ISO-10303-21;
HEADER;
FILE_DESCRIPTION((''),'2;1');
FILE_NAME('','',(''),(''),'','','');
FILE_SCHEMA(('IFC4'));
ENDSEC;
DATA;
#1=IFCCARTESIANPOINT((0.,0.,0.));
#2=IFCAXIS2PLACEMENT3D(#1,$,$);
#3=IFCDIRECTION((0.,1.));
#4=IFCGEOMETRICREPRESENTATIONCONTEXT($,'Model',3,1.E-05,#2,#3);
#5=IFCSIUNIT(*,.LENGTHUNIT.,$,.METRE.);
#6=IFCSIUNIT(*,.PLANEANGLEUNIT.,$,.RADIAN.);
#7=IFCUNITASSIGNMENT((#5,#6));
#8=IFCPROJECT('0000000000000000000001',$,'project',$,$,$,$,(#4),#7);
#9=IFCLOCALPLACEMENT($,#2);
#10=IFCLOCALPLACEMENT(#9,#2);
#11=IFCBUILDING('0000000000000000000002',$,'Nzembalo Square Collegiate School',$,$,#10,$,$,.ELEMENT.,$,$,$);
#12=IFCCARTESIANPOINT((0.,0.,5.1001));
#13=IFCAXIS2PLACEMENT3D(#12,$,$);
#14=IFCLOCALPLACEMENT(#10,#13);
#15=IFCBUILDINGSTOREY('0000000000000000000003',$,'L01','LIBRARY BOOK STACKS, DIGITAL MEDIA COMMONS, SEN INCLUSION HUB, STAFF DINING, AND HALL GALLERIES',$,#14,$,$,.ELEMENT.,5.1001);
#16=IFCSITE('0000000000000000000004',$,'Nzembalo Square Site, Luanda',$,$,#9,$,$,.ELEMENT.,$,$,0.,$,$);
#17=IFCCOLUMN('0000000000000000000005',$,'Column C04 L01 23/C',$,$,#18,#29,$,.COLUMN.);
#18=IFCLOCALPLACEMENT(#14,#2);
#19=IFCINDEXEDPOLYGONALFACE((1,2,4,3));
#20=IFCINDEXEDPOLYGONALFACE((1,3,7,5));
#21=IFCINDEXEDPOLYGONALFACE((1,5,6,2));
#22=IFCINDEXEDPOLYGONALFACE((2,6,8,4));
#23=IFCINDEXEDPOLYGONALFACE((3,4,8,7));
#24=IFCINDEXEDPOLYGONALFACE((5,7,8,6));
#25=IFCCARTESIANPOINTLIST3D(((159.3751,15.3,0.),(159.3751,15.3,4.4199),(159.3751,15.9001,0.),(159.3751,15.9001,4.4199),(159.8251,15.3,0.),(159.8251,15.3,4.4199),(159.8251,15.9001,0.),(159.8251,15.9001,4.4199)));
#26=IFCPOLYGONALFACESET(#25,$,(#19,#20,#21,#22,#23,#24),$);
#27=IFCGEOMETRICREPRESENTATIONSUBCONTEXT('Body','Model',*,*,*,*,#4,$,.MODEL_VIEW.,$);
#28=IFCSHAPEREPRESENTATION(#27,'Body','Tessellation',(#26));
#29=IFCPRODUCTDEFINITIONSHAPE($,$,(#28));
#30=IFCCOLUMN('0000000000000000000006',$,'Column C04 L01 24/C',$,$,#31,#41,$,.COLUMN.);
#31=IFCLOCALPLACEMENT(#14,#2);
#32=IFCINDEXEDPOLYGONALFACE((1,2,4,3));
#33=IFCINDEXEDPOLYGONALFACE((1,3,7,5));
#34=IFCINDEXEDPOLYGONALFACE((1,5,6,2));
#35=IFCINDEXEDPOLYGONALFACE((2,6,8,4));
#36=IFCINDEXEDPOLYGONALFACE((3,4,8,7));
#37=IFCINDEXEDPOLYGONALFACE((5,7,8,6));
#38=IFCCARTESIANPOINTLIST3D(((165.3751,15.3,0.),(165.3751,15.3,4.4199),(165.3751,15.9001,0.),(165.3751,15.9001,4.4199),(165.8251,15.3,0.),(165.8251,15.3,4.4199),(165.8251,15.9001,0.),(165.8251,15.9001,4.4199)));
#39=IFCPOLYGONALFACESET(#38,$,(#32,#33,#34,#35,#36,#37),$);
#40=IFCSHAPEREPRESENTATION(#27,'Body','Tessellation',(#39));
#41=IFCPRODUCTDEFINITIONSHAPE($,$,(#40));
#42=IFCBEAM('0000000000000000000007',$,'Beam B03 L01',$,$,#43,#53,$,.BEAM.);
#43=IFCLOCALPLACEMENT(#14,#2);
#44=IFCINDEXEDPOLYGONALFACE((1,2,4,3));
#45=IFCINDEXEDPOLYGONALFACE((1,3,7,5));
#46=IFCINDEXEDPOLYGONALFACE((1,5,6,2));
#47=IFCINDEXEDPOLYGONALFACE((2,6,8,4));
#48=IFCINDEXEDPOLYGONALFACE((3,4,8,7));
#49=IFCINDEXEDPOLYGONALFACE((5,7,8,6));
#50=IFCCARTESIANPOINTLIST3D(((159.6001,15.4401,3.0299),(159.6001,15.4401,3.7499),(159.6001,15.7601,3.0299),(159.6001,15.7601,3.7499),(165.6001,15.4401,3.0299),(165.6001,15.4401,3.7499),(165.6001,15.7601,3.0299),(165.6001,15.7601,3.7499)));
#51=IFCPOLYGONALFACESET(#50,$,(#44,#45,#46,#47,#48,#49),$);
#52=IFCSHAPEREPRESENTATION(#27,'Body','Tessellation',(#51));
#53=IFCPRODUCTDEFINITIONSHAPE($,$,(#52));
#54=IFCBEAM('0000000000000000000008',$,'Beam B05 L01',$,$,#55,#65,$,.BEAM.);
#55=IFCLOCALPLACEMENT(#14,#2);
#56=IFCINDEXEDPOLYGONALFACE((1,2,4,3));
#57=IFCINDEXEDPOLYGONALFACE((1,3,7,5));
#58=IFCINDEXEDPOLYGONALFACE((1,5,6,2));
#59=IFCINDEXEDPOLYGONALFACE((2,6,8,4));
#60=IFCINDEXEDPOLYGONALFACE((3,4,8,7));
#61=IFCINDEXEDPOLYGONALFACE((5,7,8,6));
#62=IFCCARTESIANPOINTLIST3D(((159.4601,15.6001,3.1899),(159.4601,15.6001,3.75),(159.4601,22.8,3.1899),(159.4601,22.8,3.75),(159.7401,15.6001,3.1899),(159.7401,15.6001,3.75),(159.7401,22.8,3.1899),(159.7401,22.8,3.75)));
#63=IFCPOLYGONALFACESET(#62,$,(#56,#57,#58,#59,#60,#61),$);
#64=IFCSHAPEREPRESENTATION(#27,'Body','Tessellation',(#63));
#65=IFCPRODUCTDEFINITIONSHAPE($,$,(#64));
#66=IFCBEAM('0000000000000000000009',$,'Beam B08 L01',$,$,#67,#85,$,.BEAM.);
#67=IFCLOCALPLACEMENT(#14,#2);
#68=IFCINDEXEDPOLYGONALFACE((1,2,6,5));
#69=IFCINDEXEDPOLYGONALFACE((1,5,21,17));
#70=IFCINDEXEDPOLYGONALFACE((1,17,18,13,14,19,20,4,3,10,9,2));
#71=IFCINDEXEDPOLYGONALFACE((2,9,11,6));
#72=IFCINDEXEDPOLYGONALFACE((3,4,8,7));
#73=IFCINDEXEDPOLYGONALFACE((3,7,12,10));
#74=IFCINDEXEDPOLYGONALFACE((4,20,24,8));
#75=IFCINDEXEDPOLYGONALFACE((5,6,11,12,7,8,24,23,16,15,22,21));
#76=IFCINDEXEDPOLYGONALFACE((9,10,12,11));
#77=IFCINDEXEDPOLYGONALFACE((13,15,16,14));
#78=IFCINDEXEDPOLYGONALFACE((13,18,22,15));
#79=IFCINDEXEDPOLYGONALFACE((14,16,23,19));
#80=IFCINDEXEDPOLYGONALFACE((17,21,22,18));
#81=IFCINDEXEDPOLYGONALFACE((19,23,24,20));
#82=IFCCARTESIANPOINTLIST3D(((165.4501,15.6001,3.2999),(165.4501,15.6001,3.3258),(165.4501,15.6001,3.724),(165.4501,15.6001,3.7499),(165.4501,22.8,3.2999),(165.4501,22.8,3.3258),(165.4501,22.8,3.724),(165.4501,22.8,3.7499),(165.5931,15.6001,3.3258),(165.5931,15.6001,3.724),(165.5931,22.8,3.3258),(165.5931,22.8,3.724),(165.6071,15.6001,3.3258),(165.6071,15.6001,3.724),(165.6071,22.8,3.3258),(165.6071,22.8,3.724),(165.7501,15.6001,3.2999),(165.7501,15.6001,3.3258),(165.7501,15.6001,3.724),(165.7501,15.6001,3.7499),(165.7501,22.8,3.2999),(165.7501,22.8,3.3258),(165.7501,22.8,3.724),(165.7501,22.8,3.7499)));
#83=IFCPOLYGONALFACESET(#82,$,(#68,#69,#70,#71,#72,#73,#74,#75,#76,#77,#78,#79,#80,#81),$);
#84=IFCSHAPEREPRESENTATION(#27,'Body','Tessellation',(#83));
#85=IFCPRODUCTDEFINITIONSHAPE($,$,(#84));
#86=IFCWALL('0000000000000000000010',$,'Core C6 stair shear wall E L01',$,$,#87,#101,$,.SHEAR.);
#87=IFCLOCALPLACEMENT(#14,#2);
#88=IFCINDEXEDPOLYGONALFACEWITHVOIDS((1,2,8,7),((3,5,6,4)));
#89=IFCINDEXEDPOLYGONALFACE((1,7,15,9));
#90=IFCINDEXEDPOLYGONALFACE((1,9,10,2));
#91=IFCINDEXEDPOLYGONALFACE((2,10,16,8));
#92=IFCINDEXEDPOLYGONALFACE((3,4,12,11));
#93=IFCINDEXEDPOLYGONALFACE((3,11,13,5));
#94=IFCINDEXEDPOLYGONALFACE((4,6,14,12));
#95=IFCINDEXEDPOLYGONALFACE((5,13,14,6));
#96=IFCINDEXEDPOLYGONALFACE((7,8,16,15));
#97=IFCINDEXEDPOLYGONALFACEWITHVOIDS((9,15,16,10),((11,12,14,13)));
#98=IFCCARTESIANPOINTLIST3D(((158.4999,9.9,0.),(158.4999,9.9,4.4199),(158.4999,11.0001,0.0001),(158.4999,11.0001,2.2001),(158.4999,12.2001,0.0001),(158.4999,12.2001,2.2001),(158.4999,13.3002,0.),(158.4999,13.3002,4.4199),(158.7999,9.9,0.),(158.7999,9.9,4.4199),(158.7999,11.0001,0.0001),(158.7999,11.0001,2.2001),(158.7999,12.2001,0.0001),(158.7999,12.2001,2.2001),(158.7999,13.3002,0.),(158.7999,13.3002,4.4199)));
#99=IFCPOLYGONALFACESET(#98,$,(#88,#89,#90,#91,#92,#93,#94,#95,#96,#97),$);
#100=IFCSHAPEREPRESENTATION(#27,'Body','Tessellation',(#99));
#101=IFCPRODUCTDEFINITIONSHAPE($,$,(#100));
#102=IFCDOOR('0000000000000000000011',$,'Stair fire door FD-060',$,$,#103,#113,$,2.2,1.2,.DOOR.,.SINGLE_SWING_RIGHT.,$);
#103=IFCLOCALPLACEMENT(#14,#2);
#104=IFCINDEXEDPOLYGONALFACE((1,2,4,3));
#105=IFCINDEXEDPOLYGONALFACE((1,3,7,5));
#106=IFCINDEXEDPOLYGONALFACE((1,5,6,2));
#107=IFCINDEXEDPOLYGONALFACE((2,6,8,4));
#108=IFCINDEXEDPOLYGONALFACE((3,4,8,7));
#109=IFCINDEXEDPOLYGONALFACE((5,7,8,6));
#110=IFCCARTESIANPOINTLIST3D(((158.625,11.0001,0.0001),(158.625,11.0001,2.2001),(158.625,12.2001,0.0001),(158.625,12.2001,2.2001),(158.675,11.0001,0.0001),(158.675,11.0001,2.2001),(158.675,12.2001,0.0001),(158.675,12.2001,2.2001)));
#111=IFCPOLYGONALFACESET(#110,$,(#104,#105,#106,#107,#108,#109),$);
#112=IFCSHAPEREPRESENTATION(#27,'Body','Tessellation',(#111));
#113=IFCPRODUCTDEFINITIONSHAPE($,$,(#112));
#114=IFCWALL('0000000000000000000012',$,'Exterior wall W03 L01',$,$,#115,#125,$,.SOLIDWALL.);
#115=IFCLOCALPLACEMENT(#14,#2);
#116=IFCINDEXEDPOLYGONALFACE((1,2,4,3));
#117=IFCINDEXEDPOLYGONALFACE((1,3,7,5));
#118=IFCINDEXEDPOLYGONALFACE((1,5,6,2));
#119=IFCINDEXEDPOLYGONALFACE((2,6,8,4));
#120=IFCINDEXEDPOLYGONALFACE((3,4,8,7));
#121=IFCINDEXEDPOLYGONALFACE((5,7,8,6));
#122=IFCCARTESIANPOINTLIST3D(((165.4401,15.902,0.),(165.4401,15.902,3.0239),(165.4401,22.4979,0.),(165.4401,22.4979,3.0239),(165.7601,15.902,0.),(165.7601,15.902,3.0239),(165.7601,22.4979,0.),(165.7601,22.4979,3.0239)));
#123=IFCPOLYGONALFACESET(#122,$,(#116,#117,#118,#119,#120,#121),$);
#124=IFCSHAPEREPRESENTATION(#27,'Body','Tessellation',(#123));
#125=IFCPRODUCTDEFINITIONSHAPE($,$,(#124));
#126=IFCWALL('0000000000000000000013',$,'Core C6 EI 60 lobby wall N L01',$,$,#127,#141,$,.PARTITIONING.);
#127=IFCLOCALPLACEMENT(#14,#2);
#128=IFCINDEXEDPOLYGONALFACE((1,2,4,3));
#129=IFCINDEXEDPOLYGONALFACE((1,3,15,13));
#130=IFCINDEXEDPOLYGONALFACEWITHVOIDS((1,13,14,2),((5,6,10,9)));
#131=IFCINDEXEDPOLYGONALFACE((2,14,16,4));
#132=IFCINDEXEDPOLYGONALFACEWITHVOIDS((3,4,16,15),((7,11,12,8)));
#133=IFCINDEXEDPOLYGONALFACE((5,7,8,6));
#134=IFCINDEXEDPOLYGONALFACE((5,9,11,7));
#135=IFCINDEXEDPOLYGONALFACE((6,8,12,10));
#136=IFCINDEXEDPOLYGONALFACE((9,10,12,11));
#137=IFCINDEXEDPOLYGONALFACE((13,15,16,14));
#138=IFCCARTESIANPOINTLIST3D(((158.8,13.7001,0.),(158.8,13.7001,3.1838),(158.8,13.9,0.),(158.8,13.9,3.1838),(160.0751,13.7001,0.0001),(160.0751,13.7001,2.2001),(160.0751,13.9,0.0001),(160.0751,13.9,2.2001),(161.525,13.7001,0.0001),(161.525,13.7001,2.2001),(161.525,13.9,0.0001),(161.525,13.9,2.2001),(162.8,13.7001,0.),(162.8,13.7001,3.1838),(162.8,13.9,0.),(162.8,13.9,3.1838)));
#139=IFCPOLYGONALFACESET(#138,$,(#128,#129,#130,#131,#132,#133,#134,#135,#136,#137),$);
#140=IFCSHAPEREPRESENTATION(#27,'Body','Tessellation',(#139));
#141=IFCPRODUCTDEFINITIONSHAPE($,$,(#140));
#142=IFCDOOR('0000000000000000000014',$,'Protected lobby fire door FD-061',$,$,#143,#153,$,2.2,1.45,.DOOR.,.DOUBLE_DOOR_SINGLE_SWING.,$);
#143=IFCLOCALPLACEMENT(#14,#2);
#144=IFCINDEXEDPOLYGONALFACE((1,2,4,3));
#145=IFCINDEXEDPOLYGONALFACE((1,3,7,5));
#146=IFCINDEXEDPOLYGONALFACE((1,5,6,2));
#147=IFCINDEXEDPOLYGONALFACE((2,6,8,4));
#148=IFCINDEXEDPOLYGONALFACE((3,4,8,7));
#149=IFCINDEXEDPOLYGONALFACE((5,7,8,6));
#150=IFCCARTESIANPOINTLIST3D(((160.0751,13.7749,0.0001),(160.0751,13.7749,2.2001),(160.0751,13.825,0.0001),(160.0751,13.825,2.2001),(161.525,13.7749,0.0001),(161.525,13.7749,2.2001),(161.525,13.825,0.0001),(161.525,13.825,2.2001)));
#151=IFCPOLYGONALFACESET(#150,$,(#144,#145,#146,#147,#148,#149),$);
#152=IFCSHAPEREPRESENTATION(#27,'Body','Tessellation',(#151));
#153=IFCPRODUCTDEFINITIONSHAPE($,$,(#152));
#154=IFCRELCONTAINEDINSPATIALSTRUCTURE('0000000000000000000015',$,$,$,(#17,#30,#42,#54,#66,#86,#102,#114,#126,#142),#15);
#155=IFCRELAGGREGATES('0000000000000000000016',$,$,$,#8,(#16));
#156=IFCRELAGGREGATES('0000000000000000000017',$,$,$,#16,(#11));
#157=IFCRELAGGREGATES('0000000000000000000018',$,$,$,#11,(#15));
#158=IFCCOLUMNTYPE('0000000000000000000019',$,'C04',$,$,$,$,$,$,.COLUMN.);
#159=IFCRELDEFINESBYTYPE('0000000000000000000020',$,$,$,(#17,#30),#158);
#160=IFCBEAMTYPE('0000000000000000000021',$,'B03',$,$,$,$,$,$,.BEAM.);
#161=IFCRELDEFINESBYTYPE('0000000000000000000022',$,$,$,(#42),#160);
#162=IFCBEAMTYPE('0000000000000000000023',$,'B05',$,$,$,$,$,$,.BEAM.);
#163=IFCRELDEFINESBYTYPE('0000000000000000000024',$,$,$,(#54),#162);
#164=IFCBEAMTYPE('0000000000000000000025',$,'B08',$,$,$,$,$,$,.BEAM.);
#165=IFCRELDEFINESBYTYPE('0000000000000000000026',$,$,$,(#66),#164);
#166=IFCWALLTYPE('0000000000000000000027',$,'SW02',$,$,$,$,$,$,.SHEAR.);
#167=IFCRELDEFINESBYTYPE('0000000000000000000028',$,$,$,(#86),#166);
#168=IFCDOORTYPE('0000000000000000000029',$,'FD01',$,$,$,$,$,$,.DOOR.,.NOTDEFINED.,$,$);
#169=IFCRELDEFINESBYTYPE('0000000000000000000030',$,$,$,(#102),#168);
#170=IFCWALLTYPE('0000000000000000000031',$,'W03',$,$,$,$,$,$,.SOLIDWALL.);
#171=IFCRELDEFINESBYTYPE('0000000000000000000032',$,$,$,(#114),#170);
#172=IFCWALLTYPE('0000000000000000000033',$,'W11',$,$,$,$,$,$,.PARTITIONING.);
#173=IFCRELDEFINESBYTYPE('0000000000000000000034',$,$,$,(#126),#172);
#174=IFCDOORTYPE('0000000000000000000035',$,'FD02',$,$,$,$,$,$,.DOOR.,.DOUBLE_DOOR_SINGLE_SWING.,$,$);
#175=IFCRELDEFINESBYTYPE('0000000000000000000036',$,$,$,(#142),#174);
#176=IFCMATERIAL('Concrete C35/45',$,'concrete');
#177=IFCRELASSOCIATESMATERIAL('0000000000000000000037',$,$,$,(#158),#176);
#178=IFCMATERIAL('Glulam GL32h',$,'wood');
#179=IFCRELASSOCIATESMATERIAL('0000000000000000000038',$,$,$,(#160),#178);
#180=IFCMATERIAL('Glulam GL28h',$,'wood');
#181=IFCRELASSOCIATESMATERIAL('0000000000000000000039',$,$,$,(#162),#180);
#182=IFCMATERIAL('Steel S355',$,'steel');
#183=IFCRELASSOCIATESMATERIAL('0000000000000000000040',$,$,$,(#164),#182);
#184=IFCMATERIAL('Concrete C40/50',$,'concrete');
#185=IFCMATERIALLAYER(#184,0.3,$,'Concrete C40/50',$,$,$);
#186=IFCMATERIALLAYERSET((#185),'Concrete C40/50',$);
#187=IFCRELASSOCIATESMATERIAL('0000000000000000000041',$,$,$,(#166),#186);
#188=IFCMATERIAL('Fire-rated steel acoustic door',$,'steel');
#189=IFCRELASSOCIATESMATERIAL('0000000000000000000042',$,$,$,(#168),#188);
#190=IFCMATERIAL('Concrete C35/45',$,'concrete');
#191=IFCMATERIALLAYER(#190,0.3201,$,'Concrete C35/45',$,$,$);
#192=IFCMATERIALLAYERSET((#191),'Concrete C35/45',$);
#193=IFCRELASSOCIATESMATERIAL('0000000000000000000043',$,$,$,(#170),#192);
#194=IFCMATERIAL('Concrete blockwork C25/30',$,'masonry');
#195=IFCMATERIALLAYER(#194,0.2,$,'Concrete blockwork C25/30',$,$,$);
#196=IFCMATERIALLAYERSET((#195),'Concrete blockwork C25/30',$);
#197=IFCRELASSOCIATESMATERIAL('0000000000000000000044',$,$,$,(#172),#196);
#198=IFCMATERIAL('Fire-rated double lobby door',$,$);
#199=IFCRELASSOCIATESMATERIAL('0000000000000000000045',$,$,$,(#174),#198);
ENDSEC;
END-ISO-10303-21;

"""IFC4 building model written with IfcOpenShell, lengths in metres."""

from ifc_helpers import new_model, si_unit, direction, frame, frame_2d, origin, origin_2d, place, context, subcontext, project, spatial, rectangle, i_section, extrude, material, layer, layer_set, material_profile, profile_set, type_object, element, fill, save


model = new_model("IFC4")

# Units and contexts
model_context = context("Model", 3, precision=1e-05, world=origin(), true_north=direction((0.0, 1.0)))
body_context = subcontext(model_context, "Body", "Model", "MODEL_VIEW")
ifc_project = project(units=[si_unit("LENGTHUNIT", "METRE"), si_unit("PLANEANGLEUNIT", "RADIAN")], contexts=[model_context])

# Site, building, storey
site_placement = place(None, origin())
site = spatial("IfcSite", under=ifc_project, at=site_placement, Name="Nzembalo Square Site, Luanda", CompositionType="ELEMENT", RefElevation=0.0)
building_placement = place(site_placement, origin())
building = spatial("IfcBuilding", under=site, at=building_placement, Name="Nzembalo Square Collegiate School", CompositionType="ELEMENT")
storey_placement = place(building_placement, frame((0.0, 0.0, 5.1001)))
storey = spatial("IfcBuildingStorey", under=building, at=storey_placement, Name="L01", Description="LIBRARY BOOK STACKS, DIGITAL MEDIA COMMONS, SEN INCLUSION HUB, STAFF DINING, AND HALL GALLERIES", CompositionType="ELEMENT", Elevation=5.1001)

# Columns
ifc_material_1 = material(Name="Concrete C35/45", Category="concrete")
ifc_material_profile_1 = material_profile(ifc_material_1, rectangle(XDim=0.45, YDim=0.6001, at=origin_2d()), Name="RC 450x600")
ifc_profile_set_1 = profile_set([ifc_material_profile_1], Name="Concrete C35/45")
column_type = type_object("IfcColumnType", Name="C04", PredefinedType="COLUMN", material=ifc_profile_set_1)
for number, where, z_axis, x_axis, name in (
    (1, (159.6001, 15.6001, 0.0), (0.0, 0.0, 1.0), (1.0, 0.0, 0.0), "Column C04 L01 23/C"),
    (2, (165.6001, 15.6001, 0.0), (0.0, 0.0, 1.0), (1.0, 0.0, 0.0), "Column C04 L01 24/C"),
):
    element("IfcColumn", number, at=place(storey_placement, frame(where, z_axis=z_axis, x_axis=x_axis)), inside=storey, type_object=column_type, Name=name, PredefinedType="COLUMN", context=body_context, shape_type="SweptSolid", body=[
        extrude(rectangle(XDim=0.45, YDim=0.6001, at=origin_2d()), origin(), (0.0, 0.0, 1.0), 4.4199),
    ])

# Beams
ifc_material_2 = material(Name="Glulam GL32h", Category="wood")
ifc_material_profile_2 = material_profile(ifc_material_2, rectangle(XDim=0.3201, YDim=0.72, at=origin_2d()), Name="GL32h 320x720")
ifc_profile_set_2 = profile_set([ifc_material_profile_2], Name="Glulam GL32h")
beam_type_1 = type_object("IfcBeamType", Name="B03", PredefinedType="BEAM", material=ifc_profile_set_2)
beam_1_placement = place(storey_placement, frame((159.6001, 15.6001, 3.3899), z_axis=(1.0, 0.0, 0.0), x_axis=(0.0, 1.0, 0.0)))
element("IfcBeam", 3, at=beam_1_placement, inside=storey, type_object=beam_type_1, Name="Beam B03 L01", PredefinedType="BEAM", context=body_context, shape_type="SweptSolid", body=[
    extrude(rectangle(XDim=0.3201, YDim=0.72, at=origin_2d()), origin(), (0.0, 0.0, 1.0), 6.0),
])
ifc_material_3 = material(Name="Glulam GL28h", Category="wood")
ifc_material_profile_3 = material_profile(ifc_material_3, rectangle(XDim=0.28, YDim=0.5601, at=origin_2d()), Name="GL28h 280x560")
ifc_profile_set_3 = profile_set([ifc_material_profile_3], Name="Glulam GL28h")
beam_type_2 = type_object("IfcBeamType", Name="B05", PredefinedType="BEAM", material=ifc_profile_set_3)
beam_2_placement = place(storey_placement, frame((159.6001, 15.6001, 3.47), z_axis=(0.0, 1.0, 0.0), x_axis=(-1.0, 0.0, 0.0)))
element("IfcBeam", 4, at=beam_2_placement, inside=storey, type_object=beam_type_2, Name="Beam B05 L01", PredefinedType="BEAM", context=body_context, shape_type="SweptSolid", body=[
    extrude(rectangle(XDim=0.28, YDim=0.5601, at=origin_2d()), origin(), (0.0, 0.0, 1.0), 7.2),
])
ifc_material_4 = material(Name="Steel S355", Category="steel")
ifc_material_profile_4 = material_profile(ifc_material_4, i_section(OverallWidth=0.3, OverallDepth=0.45, WebThickness=0.0139, FlangeThickness=0.0259, at=origin_2d()), Name="HEB 450")
ifc_profile_set_4 = profile_set([ifc_material_profile_4], Name="Steel S355")
beam_type_3 = type_object("IfcBeamType", Name="B08", PredefinedType="BEAM", material=ifc_profile_set_4)
beam_3_placement = place(storey_placement, frame((165.6001, 15.6001, 3.5249), z_axis=(0.0, 1.0, 0.0), x_axis=(-1.0, 0.0, 0.0)))
element("IfcBeam", 5, at=beam_3_placement, inside=storey, type_object=beam_type_3, Name="Beam B08 L01", PredefinedType="BEAM", context=body_context, shape_type="SweptSolid", body=[
    extrude(i_section(OverallWidth=0.3, OverallDepth=0.45, WebThickness=0.0139, FlangeThickness=0.0259, at=origin_2d()), origin(), (0.0, 0.0, 1.0), 7.2),
])

# Wall, opening, door
ifc_material_5 = material(Name="Concrete C40/50", Category="concrete")
ifc_layer_1 = layer(ifc_material_5, 0.3, Name="Concrete C40/50")
ifc_layer_set_1 = layer_set([ifc_layer_1], Name="Concrete C40/50")
wall_type_1 = type_object("IfcWallType", Name="SW02", PredefinedType="SHEAR", material=ifc_layer_set_1)
wall_1_placement = place(storey_placement, frame((158.6499, 9.8999, 0.0), z_axis=(0.0, 0.0, 1.0), x_axis=(0.0, 1.0, 0.0)))
wall_1 = element("IfcWall", 6, at=wall_1_placement, inside=storey, type_object=wall_type_1, Name="Core C6 stair shear wall E L01", PredefinedType="SHEAR", context=body_context, shape_type="SweptSolid", body=[
    extrude(rectangle(XDim=3.4001, YDim=0.3, at=frame_2d((1.7002, 0.0))), origin(), (0.0, 0.0, 1.0), 4.4199),
])
opening_1_placement = place(wall_1_placement, frame((1.1001, 0.0, 0.0)))
opening_1 = element("IfcOpeningElement", 7, at=opening_1_placement, cuts=wall_1, PredefinedType="OPENING", context=body_context, shape_type="SweptSolid", body=[
    extrude(rectangle(XDim=1.2, YDim=2.2, at=frame_2d((0.6001, 1.1001))), frame((0.0, 0.1602, 0.0), z_axis=(0.0, -1.0, 0.0), x_axis=(1.0, 0.0, 0.0)), (0.0, 0.0, 1.0), 0.3201),
])
ifc_material_6 = material(Name="Fire-rated steel acoustic door", Category="steel")
door_type_1 = type_object("IfcDoorType", Name="FD01", OperationType="NOTDEFINED", PredefinedType="DOOR", material=ifc_material_6)
door_1_placement = place(opening_1_placement, origin())
door_1 = element("IfcDoor", 8, at=door_1_placement, inside=storey, type_object=door_type_1, Name="Stair fire door FD-060", OperationType="SINGLE_SWING_RIGHT", OverallHeight=2.2, OverallWidth=1.2, PredefinedType="DOOR", context=body_context, shape_type="SweptSolid", body=[
    extrude(rectangle(XDim=1.2, YDim=2.2, at=frame_2d((0.6001, 1.1001))), frame((0.0, 0.0249, 0.0), z_axis=(0.0, -1.0, 0.0), x_axis=(1.0, 0.0, 0.0)), (0.0, 0.0, 1.0), 0.05),
])
fill(opening_1, door_1)

# Wall
ifc_material_7 = material(Name="Concrete C35/45", Category="concrete")
ifc_layer_2 = layer(ifc_material_7, 0.3201, Name="Concrete C35/45")
ifc_layer_set_2 = layer_set([ifc_layer_2], Name="Concrete C35/45")
wall_type_2 = type_object("IfcWallType", Name="W03", PredefinedType="SOLIDWALL", material=ifc_layer_set_2)
wall_2_placement = place(storey_placement, frame((165.6001, 15.9021, 0.0), z_axis=(0.0, 0.0, 1.0), x_axis=(0.0, 1.0, 0.0)))
element("IfcWall", 9, at=wall_2_placement, inside=storey, type_object=wall_type_2, Name="Exterior wall W03 L01", PredefinedType="SOLIDWALL", context=body_context, shape_type="SweptSolid", body=[
    extrude(rectangle(XDim=6.5959, YDim=0.3201, at=frame_2d((3.2979, 0.0))), origin(), (0.0, 0.0, 1.0), 3.0239),
])

# Wall, opening, door
ifc_material_8 = material(Name="Concrete blockwork C25/30", Category="masonry")
ifc_layer_3 = layer(ifc_material_8, 0.2, Name="Concrete blockwork C25/30")
ifc_layer_set_3 = layer_set([ifc_layer_3], Name="Concrete blockwork C25/30")
wall_type_3 = type_object("IfcWallType", Name="W11", PredefinedType="PARTITIONING", material=ifc_layer_set_3)
wall_3_placement = place(storey_placement, frame((158.8, 13.8, 0.0), z_axis=(0.0, 0.0, 1.0), x_axis=(1.0, 0.0, 0.0)))
wall_3 = element("IfcWall", 10, at=wall_3_placement, inside=storey, type_object=wall_type_3, Name="Core C6 EI 60 lobby wall N L01", PredefinedType="PARTITIONING", context=body_context, shape_type="SweptSolid", body=[
    extrude(rectangle(XDim=4.0, YDim=0.2, at=frame_2d((2.0, 0.0))), origin(), (0.0, 0.0, 1.0), 3.1838),
])
opening_2_placement = place(wall_3_placement, frame((1.2749, 0.0, 0.0)))
opening_2 = element("IfcOpeningElement", 11, at=opening_2_placement, cuts=wall_3, PredefinedType="OPENING", context=body_context, shape_type="SweptSolid", body=[
    extrude(rectangle(XDim=1.45, YDim=2.2, at=frame_2d((0.7251, 1.1001))), frame((0.0, 0.1099, 0.0), z_axis=(0.0, -1.0, 0.0), x_axis=(1.0, 0.0, 0.0)), (0.0, 0.0, 1.0), 0.22),
])
ifc_material_9 = material(Name="Fire-rated double lobby door")
door_type_2 = type_object("IfcDoorType", Name="FD02", OperationType="DOUBLE_DOOR_SINGLE_SWING", PredefinedType="DOOR", material=ifc_material_9)
door_2_placement = place(opening_2_placement, origin())
door_2 = element("IfcDoor", 12, at=door_2_placement, inside=storey, type_object=door_type_2, Name="Protected lobby fire door FD-061", OperationType="DOUBLE_DOOR_SINGLE_SWING", OverallHeight=2.2, OverallWidth=1.45, PredefinedType="DOOR", context=body_context, shape_type="SweptSolid", body=[
    extrude(rectangle(XDim=1.45, YDim=2.2, at=frame_2d((0.7251, 1.1001))), frame((0.0, 0.0249, 0.0), z_axis=(0.0, -1.0, 0.0), x_axis=(1.0, 0.0, 0.0)), (0.0, 0.0, 1.0), 0.05),
])
fill(opening_2, door_2)

save(model, "model.ifc")
